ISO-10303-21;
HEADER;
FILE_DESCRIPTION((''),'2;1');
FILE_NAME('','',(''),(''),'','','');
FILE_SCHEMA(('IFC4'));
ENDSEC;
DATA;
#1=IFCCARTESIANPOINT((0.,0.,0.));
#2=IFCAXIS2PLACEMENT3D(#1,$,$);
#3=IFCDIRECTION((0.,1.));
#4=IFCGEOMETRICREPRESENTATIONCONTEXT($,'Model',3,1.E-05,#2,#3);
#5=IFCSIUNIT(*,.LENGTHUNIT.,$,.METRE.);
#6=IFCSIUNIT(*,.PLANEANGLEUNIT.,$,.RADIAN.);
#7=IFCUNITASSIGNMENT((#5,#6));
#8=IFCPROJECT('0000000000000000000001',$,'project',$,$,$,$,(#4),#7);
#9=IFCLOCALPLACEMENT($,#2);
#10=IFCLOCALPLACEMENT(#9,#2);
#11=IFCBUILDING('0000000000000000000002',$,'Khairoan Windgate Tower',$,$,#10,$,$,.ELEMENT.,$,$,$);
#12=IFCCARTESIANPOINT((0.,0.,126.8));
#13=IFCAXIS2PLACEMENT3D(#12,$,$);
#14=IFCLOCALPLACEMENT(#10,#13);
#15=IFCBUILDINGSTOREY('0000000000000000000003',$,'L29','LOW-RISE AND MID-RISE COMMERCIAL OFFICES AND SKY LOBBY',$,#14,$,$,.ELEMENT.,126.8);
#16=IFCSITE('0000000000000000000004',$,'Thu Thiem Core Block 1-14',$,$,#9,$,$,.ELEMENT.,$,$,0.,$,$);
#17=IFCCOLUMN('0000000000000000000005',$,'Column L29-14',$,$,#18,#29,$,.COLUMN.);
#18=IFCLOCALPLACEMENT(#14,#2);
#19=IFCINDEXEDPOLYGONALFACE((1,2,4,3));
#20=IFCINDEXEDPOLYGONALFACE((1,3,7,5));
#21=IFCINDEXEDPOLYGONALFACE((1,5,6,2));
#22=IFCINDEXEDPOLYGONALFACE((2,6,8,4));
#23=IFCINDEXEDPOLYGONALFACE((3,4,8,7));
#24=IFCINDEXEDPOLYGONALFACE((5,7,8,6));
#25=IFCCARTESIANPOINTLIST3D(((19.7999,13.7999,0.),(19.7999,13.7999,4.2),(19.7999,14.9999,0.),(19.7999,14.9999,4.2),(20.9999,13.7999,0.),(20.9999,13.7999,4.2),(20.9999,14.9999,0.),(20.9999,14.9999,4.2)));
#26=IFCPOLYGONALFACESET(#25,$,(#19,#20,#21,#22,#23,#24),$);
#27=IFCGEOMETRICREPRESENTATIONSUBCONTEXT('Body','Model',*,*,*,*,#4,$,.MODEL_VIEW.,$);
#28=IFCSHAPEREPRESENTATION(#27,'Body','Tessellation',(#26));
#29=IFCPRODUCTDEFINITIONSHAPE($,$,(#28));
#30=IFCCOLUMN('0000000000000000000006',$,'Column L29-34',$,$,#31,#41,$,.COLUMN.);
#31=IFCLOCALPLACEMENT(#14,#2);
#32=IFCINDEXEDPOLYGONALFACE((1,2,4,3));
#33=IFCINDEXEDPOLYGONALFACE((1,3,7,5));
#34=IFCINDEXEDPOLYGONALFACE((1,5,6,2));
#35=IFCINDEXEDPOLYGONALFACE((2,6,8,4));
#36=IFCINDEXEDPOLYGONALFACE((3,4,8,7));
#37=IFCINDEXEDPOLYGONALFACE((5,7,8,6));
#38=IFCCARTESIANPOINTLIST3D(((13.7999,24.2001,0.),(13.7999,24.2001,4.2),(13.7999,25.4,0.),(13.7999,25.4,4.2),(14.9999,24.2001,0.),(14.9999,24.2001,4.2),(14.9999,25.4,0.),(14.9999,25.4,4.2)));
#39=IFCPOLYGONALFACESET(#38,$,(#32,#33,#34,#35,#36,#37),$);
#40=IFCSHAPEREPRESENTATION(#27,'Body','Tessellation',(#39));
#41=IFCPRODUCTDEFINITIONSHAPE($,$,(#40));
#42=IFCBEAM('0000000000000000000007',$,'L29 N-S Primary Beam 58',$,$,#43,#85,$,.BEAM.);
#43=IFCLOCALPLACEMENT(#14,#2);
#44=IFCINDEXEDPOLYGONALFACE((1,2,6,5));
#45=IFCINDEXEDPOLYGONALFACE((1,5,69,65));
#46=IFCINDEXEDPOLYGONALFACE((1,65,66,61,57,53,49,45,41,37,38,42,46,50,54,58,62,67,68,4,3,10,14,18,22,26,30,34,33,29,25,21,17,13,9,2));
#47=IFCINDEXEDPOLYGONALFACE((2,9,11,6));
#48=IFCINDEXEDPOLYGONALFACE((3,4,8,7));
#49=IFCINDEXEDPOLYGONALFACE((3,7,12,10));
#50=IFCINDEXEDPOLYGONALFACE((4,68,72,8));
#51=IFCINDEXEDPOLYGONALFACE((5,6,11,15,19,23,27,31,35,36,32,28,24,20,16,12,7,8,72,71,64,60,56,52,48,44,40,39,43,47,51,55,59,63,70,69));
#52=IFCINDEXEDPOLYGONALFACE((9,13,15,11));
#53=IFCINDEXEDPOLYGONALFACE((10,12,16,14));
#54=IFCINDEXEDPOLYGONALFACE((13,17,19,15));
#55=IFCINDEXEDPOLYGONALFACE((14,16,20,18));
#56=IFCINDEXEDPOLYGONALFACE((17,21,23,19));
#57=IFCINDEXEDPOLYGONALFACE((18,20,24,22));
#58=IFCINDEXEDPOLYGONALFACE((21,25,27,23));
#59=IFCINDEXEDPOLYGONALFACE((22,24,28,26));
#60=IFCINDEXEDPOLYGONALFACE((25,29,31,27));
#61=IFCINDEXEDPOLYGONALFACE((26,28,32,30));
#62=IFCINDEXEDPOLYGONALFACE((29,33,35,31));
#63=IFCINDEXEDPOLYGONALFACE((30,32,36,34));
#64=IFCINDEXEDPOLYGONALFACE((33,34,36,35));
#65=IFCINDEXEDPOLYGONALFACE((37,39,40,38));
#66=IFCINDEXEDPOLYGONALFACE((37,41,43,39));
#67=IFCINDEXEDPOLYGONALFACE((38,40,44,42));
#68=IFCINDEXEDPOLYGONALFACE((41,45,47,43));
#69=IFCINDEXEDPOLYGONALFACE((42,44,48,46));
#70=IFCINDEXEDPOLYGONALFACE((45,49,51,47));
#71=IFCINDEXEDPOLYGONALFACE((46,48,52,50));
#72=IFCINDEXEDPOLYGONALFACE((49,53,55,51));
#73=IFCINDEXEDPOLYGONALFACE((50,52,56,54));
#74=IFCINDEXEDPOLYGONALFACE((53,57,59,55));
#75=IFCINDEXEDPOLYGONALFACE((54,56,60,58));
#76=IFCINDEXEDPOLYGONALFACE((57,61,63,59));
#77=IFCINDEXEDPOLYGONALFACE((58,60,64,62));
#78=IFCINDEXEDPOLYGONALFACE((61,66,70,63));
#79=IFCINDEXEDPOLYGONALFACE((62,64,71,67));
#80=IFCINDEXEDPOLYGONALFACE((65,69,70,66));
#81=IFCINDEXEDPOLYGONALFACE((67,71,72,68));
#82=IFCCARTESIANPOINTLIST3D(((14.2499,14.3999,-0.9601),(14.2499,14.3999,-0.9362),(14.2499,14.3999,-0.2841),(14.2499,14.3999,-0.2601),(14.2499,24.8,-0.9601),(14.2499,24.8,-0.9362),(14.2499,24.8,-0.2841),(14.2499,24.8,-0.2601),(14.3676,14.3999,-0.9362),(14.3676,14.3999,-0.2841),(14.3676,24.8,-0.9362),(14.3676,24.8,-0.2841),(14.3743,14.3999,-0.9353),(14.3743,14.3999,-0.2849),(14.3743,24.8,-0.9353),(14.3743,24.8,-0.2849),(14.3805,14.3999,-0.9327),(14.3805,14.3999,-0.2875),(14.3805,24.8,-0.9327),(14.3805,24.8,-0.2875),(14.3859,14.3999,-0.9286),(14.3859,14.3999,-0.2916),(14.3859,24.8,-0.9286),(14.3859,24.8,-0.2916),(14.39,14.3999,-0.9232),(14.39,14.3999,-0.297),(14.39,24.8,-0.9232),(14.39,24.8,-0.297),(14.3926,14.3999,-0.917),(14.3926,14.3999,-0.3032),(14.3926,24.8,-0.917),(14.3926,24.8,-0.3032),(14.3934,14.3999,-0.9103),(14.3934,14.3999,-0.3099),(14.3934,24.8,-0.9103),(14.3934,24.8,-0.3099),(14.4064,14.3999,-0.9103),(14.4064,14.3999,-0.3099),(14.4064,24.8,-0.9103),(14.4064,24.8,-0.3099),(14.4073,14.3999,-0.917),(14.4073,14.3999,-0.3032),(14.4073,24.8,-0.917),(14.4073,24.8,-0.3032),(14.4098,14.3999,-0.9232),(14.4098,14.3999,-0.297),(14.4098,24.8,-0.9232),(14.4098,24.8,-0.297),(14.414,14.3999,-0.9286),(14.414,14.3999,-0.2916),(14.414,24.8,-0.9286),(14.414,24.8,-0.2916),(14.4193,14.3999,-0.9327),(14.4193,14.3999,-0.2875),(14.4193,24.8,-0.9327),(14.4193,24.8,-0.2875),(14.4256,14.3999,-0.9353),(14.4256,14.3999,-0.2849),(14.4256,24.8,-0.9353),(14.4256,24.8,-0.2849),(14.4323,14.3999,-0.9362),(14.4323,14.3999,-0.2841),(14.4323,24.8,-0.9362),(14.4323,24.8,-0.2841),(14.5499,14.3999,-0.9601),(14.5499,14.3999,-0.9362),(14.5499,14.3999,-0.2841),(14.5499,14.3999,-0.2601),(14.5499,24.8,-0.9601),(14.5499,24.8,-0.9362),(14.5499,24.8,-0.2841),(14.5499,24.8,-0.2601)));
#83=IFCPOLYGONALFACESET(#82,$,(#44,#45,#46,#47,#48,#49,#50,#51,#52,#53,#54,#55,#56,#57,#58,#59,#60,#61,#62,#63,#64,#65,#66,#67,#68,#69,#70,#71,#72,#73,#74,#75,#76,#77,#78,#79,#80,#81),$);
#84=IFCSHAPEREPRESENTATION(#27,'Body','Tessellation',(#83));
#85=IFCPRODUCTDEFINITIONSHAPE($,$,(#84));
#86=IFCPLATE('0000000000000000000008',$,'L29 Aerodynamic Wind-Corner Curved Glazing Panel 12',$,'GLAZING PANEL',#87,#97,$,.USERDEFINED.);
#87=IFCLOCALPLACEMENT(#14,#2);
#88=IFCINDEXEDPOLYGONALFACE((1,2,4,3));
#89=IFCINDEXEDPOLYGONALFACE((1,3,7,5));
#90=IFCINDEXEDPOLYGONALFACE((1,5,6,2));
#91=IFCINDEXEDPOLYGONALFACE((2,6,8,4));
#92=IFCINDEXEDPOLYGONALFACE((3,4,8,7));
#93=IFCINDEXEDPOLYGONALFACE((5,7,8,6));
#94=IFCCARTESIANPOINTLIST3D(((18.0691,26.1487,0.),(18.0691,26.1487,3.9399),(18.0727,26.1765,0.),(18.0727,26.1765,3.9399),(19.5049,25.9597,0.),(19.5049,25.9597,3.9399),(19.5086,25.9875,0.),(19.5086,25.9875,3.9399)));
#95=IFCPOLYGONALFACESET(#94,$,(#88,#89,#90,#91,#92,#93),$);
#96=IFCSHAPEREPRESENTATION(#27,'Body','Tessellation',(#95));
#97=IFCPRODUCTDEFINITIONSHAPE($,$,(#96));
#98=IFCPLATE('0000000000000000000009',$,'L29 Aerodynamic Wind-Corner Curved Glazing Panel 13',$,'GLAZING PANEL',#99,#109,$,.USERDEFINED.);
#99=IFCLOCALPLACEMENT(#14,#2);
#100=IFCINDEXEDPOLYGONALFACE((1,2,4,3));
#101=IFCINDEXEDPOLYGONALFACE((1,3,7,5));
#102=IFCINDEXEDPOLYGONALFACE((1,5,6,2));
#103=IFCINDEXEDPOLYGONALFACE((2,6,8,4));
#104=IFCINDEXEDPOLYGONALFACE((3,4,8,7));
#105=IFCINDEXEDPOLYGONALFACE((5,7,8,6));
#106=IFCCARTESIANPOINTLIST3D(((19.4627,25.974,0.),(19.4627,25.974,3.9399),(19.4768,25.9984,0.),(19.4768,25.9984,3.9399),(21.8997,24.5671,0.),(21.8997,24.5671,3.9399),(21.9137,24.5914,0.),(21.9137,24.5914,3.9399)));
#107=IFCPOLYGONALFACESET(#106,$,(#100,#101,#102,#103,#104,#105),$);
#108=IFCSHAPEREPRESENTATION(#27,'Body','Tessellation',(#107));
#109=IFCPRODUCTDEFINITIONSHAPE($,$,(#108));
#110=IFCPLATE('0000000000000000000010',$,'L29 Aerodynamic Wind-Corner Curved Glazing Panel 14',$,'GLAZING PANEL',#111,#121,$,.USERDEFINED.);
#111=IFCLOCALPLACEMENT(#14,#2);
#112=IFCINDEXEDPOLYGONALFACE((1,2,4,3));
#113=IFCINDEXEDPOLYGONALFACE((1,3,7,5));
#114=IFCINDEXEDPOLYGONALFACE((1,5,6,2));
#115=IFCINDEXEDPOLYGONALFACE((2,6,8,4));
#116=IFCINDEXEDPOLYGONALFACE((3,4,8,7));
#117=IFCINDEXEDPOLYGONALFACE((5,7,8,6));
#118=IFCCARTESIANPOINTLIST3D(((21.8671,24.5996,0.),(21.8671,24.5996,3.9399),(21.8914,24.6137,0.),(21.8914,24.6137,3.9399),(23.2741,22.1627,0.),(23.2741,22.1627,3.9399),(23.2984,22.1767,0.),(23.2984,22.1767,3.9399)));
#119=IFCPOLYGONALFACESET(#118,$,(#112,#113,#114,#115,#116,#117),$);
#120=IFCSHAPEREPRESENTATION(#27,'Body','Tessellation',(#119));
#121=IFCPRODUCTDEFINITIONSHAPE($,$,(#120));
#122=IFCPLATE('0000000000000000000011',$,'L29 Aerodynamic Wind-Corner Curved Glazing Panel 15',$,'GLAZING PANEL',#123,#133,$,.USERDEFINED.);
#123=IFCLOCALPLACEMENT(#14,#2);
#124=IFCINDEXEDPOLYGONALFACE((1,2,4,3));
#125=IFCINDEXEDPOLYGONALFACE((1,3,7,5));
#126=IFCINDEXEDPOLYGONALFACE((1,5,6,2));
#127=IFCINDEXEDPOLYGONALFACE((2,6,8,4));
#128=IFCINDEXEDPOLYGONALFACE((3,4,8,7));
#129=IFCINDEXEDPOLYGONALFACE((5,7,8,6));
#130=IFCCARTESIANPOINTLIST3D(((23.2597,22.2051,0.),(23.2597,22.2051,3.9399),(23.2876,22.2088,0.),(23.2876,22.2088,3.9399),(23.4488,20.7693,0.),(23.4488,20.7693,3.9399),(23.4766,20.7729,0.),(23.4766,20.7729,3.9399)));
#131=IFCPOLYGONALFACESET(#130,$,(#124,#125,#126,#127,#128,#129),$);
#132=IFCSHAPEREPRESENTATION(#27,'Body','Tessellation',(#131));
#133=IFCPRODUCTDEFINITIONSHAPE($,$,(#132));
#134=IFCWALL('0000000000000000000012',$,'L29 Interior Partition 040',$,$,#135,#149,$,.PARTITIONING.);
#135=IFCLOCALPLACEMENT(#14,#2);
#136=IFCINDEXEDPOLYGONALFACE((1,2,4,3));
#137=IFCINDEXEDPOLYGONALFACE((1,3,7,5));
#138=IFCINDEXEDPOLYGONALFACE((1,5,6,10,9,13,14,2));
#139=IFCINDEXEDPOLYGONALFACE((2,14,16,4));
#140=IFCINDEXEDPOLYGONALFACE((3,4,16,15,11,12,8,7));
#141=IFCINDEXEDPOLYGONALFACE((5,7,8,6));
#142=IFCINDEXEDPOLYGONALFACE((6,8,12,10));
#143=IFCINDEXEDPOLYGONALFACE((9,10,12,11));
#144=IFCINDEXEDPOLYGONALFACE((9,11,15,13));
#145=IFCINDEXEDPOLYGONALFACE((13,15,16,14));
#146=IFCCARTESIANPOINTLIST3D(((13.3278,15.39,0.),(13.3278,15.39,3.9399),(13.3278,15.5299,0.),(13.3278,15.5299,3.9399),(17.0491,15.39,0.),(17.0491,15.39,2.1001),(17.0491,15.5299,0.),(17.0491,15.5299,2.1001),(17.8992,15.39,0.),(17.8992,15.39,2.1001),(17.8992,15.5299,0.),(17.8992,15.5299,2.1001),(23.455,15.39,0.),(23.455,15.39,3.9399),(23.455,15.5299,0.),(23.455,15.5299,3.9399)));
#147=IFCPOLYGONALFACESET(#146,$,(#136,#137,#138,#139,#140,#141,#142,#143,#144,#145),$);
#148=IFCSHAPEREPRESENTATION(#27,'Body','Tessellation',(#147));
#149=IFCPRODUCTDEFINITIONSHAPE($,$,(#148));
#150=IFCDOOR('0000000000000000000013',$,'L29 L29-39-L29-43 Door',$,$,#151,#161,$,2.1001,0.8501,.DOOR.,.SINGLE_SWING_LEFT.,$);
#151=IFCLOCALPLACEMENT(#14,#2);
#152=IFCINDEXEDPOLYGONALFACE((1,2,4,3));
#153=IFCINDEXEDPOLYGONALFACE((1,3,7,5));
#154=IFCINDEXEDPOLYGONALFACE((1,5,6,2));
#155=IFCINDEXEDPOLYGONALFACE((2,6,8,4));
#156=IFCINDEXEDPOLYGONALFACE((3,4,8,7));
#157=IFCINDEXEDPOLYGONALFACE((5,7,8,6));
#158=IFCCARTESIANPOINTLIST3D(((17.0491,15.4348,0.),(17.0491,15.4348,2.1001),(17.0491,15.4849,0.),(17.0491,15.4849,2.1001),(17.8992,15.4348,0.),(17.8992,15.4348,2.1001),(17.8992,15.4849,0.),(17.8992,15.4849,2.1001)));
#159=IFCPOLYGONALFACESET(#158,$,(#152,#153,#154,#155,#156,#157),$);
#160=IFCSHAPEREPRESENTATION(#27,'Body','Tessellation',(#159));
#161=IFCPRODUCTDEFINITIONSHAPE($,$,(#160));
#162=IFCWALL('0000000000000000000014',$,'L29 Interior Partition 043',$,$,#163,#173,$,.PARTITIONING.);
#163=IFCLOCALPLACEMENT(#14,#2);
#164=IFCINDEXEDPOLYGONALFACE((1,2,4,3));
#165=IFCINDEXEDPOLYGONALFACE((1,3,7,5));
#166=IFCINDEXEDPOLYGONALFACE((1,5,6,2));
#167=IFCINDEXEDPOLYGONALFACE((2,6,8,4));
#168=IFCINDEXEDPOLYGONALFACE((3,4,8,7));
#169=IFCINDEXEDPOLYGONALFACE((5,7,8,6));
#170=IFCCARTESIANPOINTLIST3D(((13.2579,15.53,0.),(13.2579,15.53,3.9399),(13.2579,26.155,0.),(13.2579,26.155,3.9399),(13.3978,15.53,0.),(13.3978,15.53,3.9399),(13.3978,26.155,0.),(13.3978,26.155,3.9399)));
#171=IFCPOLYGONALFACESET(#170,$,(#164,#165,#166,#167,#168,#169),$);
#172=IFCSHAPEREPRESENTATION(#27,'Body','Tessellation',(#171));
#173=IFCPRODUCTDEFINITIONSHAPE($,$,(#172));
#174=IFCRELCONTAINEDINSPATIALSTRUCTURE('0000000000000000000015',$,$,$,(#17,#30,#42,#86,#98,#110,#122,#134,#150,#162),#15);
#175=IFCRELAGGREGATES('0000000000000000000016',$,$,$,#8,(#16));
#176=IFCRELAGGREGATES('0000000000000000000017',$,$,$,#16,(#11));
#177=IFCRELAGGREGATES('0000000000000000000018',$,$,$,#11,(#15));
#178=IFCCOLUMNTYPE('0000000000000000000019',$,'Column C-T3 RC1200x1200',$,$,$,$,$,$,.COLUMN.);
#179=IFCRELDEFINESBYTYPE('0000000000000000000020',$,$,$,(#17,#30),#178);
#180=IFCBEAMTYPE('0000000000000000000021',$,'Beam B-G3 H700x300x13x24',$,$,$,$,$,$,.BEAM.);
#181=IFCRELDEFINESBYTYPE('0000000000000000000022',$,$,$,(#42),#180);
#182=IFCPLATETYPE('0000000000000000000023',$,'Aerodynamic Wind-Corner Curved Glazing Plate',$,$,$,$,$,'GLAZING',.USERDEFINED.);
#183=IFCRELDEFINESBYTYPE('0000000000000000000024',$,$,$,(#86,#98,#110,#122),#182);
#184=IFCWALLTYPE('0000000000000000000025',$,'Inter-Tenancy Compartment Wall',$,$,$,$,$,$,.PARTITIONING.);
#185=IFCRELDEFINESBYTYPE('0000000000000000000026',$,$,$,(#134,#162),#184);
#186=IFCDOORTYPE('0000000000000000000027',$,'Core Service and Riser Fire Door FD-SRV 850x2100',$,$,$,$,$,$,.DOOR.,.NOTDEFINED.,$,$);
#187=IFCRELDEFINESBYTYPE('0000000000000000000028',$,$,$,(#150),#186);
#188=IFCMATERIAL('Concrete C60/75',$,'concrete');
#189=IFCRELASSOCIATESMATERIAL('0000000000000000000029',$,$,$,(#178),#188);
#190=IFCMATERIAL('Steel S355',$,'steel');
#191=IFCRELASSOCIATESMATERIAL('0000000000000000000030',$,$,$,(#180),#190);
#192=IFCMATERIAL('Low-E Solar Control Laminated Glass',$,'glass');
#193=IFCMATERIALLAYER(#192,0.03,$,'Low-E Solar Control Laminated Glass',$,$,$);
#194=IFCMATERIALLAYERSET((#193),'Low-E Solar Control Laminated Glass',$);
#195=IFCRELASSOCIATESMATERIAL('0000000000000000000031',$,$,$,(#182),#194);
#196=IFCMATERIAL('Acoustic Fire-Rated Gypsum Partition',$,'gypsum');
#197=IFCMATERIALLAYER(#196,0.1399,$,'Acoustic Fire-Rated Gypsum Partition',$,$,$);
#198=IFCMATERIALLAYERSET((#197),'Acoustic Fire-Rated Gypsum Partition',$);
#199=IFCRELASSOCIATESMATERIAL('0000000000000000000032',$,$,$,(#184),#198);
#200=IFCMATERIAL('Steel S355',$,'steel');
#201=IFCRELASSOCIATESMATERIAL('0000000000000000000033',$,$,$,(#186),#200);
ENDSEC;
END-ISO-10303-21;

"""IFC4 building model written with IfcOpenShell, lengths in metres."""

from ifc_helpers import new_model, si_unit, direction, frame, frame_2d, origin, origin_2d, place, context, subcontext, project, spatial, rectangle, i_section, extrude, material, layer, layer_set, material_profile, profile_set, type_object, element, fill, save


model = new_model("IFC4")

# Units and contexts
model_context = context("Model", 3, precision=1e-05, world=origin(), true_north=direction((0.0, 1.0)))
body_context = subcontext(model_context, "Body", "Model", "MODEL_VIEW")
ifc_project = project(units=[si_unit("LENGTHUNIT", "METRE"), si_unit("PLANEANGLEUNIT", "RADIAN")], contexts=[model_context])

# Site, building, storey
site_placement = place(None, origin())
site = spatial("IfcSite", under=ifc_project, at=site_placement, Name="Thu Thiem Core Block 1-14", CompositionType="ELEMENT", RefElevation=0.0)
building_placement = place(site_placement, origin())
building = spatial("IfcBuilding", under=site, at=building_placement, Name="Khairoan Windgate Tower", CompositionType="ELEMENT")
storey_placement = place(building_placement, frame((0.0, 0.0, 126.8)))
storey = spatial("IfcBuildingStorey", under=building, at=storey_placement, Name="L29", Description="LOW-RISE AND MID-RISE COMMERCIAL OFFICES AND SKY LOBBY", CompositionType="ELEMENT", Elevation=126.8)

# Columns
ifc_material_1 = material(Name="Concrete C60/75", Category="concrete")
ifc_material_profile_1 = material_profile(ifc_material_1, rectangle(XDim=1.2, YDim=1.2, at=origin_2d()))
ifc_profile_set_1 = profile_set([ifc_material_profile_1], Name="Concrete C60/75")
column_type = type_object("IfcColumnType", Name="Column C-T3 RC1200x1200", PredefinedType="COLUMN", material=ifc_profile_set_1)
for number, where, z_axis, x_axis, name in (
    (1, (20.3999, 14.3999, 0.0), (0.0, 0.0, 1.0), (1.0, 0.0, 0.0), "Column L29-14"),
    (2, (14.3999, 24.8, 0.0), (0.0, 0.0, 1.0), (1.0, 0.0, 0.0), "Column L29-34"),
):
    element("IfcColumn", number, at=place(storey_placement, frame(where, z_axis=z_axis, x_axis=x_axis)), inside=storey, type_object=column_type, Name=name, PredefinedType="COLUMN", context=body_context, shape_type="SweptSolid", body=[
        extrude(rectangle(XDim=1.2, YDim=1.2, at=origin_2d()), origin(), (0.0, 0.0, 1.0), 4.2),
    ])

# Beam
ifc_material_2 = material(Name="Steel S355", Category="steel")
ifc_material_profile_2 = material_profile(ifc_material_2, i_section(OverallWidth=0.3, OverallDepth=0.7, WebThickness=0.0129, FlangeThickness=0.0239, FilletRadius=0.0259, at=origin_2d()))
ifc_profile_set_2 = profile_set([ifc_material_profile_2], Name="Steel S355")
beam_type = type_object("IfcBeamType", Name="Beam B-G3 H700x300x13x24", PredefinedType="BEAM", material=ifc_profile_set_2)
beam_placement = place(storey_placement, frame((14.3999, 14.3999, -0.6101), z_axis=(0.0, 1.0, 0.0), x_axis=(-1.0, 0.0, 0.0)))
element("IfcBeam", 3, at=beam_placement, inside=storey, type_object=beam_type, Name="L29 N-S Primary Beam 58", PredefinedType="BEAM", context=body_context, shape_type="SweptSolid", body=[
    extrude(i_section(OverallWidth=0.3, OverallDepth=0.7, WebThickness=0.0129, FlangeThickness=0.0239, FilletRadius=0.0259, at=origin_2d()), origin(), (0.0, 0.0, 1.0), 10.4001),
])

# Plates
ifc_material_3 = material(Name="Low-E Solar Control Laminated Glass", Category="glass")
ifc_layer_1 = layer(ifc_material_3, 0.03, Name="Low-E Solar Control Laminated Glass")
ifc_layer_set_1 = layer_set([ifc_layer_1], Name="Low-E Solar Control Laminated Glass")
plate_type_1 = type_object("IfcPlateType", Name="Aerodynamic Wind-Corner Curved Glazing Plate", ElementType="GLAZING", PredefinedType="USERDEFINED", material=ifc_layer_set_1)
plate_1_placement = place(storey_placement, frame((18.7888, 26.0681, 0.0), z_axis=(0.0, 0.0, 1.0), x_axis=(0.991445, -0.130526, 0.0)))
element("IfcPlate", 4, at=plate_1_placement, inside=storey, type_object=plate_type_1, Name="L29 Aerodynamic Wind-Corner Curved Glazing Panel 12", ObjectType="GLAZING PANEL", PredefinedType="USERDEFINED", context=body_context, shape_type="SweptSolid", body=[
    extrude(rectangle(XDim=1.4482, YDim=0.0281, at=origin_2d()), origin(), (0.0, 0.0, 1.0), 3.9399),
])
for number, where, z_axis, x_axis, name in (
    (5, (20.6882, 25.2827, 0.0), (0.0, 0.0, 1.0), (0.866025, -0.5, 0.0), "L29 Aerodynamic Wind-Corner Curved Glazing Panel 13"),
    (6, (22.5828, 23.3882, 0.0), (0.0, 0.0, 1.0), (0.5, -0.866025, 0.0), "L29 Aerodynamic Wind-Corner Curved Glazing Panel 14"),
):
    element("IfcPlate", number, at=place(storey_placement, frame(where, z_axis=z_axis, x_axis=x_axis)), inside=storey, type_object=plate_type_1, Name=name, ObjectType="GLAZING PANEL", PredefinedType="USERDEFINED", context=body_context, shape_type="SweptSolid", body=[
        extrude(rectangle(XDim=2.814, YDim=0.0281, at=origin_2d()), origin(), (0.0, 0.0, 1.0), 3.9399),
    ])
plate_2_placement = place(storey_placement, frame((23.3682, 21.489, 0.0), z_axis=(0.0, 0.0, 1.0), x_axis=(0.130526, -0.991445, 0.0)))
element("IfcPlate", 7, at=plate_2_placement, inside=storey, type_object=plate_type_1, Name="L29 Aerodynamic Wind-Corner Curved Glazing Panel 15", ObjectType="GLAZING PANEL", PredefinedType="USERDEFINED", context=body_context, shape_type="SweptSolid", body=[
    extrude(rectangle(XDim=1.4482, YDim=0.0281, at=origin_2d()), origin(), (0.0, 0.0, 1.0), 3.9399),
])

# Wall, opening, door
ifc_material_4 = material(Name="Acoustic Fire-Rated Gypsum Partition", Category="gypsum")
ifc_layer_2 = layer(ifc_material_4, 0.1399, Name="Acoustic Fire-Rated Gypsum Partition")
ifc_layer_set_2 = layer_set([ifc_layer_2], Name="Acoustic Fire-Rated Gypsum Partition")
wall_type = type_object("IfcWallType", Name="Inter-Tenancy Compartment Wall", PredefinedType="PARTITIONING", material=ifc_layer_set_2)
wall_1_placement = place(storey_placement, frame((13.3279, 15.46, 0.0), z_axis=(0.0, 0.0, 1.0), x_axis=(1.0, 0.0, 0.0)))
wall_1 = element("IfcWall", 8, at=wall_1_placement, inside=storey, type_object=wall_type, Name="L29 Interior Partition 040", PredefinedType="PARTITIONING", context=body_context, shape_type="SweptSolid", body=[
    extrude(rectangle(XDim=10.1272, YDim=0.1399, at=frame_2d((5.0635, 0.0))), origin(), (0.0, 0.0, 1.0), 3.9399),
])
opening_placement = place(wall_1_placement, frame((3.7212, 0.0, 0.0)))
opening = element("IfcOpeningElement", 9, at=opening_placement, cuts=wall_1, PredefinedType="OPENING", context=body_context, shape_type="SweptSolid", body=[
    extrude(rectangle(XDim=0.8501, YDim=2.1001, at=frame_2d((0.425, 1.05))), frame((0.0, 0.0798, 0.0), z_axis=(0.0, -1.0, 0.0), x_axis=(1.0, 0.0, 0.0)), (0.0, 0.0, 1.0), 0.1599),
])
ifc_material_5 = material(Name="Steel S355", Category="steel")
door_type = type_object("IfcDoorType", Name="Core Service and Riser Fire Door FD-SRV 850x2100", OperationType="NOTDEFINED", PredefinedType="DOOR", material=ifc_material_5)
door_placement = place(opening_placement, origin())
door = element("IfcDoor", 10, at=door_placement, inside=storey, type_object=door_type, Name="L29 L29-39-L29-43 Door", OperationType="SINGLE_SWING_LEFT", OverallHeight=2.1001, OverallWidth=0.8501, PredefinedType="DOOR", context=body_context, shape_type="SweptSolid", body=[
    extrude(rectangle(XDim=0.8501, YDim=2.1001, at=frame_2d((0.425, 1.05))), frame((0.0, 0.0249, 0.0), z_axis=(0.0, -1.0, 0.0), x_axis=(1.0, 0.0, 0.0)), (0.0, 0.0, 1.0), 0.05),
])
fill(opening, door)

# Wall
wall_2_placement = place(storey_placement, frame((13.3279, 15.53, 0.0), z_axis=(0.0, 0.0, 1.0), x_axis=(0.0, 1.0, 0.0)))
element("IfcWall", 11, at=wall_2_placement, inside=storey, type_object=wall_type, Name="L29 Interior Partition 043", PredefinedType="PARTITIONING", context=body_context, shape_type="SweptSolid", body=[
    extrude(rectangle(XDim=10.625, YDim=0.1399, at=frame_2d((5.3125, 0.0))), origin(), (0.0, 0.0, 1.0), 3.9399),
])

save(model, "model.ifc")
